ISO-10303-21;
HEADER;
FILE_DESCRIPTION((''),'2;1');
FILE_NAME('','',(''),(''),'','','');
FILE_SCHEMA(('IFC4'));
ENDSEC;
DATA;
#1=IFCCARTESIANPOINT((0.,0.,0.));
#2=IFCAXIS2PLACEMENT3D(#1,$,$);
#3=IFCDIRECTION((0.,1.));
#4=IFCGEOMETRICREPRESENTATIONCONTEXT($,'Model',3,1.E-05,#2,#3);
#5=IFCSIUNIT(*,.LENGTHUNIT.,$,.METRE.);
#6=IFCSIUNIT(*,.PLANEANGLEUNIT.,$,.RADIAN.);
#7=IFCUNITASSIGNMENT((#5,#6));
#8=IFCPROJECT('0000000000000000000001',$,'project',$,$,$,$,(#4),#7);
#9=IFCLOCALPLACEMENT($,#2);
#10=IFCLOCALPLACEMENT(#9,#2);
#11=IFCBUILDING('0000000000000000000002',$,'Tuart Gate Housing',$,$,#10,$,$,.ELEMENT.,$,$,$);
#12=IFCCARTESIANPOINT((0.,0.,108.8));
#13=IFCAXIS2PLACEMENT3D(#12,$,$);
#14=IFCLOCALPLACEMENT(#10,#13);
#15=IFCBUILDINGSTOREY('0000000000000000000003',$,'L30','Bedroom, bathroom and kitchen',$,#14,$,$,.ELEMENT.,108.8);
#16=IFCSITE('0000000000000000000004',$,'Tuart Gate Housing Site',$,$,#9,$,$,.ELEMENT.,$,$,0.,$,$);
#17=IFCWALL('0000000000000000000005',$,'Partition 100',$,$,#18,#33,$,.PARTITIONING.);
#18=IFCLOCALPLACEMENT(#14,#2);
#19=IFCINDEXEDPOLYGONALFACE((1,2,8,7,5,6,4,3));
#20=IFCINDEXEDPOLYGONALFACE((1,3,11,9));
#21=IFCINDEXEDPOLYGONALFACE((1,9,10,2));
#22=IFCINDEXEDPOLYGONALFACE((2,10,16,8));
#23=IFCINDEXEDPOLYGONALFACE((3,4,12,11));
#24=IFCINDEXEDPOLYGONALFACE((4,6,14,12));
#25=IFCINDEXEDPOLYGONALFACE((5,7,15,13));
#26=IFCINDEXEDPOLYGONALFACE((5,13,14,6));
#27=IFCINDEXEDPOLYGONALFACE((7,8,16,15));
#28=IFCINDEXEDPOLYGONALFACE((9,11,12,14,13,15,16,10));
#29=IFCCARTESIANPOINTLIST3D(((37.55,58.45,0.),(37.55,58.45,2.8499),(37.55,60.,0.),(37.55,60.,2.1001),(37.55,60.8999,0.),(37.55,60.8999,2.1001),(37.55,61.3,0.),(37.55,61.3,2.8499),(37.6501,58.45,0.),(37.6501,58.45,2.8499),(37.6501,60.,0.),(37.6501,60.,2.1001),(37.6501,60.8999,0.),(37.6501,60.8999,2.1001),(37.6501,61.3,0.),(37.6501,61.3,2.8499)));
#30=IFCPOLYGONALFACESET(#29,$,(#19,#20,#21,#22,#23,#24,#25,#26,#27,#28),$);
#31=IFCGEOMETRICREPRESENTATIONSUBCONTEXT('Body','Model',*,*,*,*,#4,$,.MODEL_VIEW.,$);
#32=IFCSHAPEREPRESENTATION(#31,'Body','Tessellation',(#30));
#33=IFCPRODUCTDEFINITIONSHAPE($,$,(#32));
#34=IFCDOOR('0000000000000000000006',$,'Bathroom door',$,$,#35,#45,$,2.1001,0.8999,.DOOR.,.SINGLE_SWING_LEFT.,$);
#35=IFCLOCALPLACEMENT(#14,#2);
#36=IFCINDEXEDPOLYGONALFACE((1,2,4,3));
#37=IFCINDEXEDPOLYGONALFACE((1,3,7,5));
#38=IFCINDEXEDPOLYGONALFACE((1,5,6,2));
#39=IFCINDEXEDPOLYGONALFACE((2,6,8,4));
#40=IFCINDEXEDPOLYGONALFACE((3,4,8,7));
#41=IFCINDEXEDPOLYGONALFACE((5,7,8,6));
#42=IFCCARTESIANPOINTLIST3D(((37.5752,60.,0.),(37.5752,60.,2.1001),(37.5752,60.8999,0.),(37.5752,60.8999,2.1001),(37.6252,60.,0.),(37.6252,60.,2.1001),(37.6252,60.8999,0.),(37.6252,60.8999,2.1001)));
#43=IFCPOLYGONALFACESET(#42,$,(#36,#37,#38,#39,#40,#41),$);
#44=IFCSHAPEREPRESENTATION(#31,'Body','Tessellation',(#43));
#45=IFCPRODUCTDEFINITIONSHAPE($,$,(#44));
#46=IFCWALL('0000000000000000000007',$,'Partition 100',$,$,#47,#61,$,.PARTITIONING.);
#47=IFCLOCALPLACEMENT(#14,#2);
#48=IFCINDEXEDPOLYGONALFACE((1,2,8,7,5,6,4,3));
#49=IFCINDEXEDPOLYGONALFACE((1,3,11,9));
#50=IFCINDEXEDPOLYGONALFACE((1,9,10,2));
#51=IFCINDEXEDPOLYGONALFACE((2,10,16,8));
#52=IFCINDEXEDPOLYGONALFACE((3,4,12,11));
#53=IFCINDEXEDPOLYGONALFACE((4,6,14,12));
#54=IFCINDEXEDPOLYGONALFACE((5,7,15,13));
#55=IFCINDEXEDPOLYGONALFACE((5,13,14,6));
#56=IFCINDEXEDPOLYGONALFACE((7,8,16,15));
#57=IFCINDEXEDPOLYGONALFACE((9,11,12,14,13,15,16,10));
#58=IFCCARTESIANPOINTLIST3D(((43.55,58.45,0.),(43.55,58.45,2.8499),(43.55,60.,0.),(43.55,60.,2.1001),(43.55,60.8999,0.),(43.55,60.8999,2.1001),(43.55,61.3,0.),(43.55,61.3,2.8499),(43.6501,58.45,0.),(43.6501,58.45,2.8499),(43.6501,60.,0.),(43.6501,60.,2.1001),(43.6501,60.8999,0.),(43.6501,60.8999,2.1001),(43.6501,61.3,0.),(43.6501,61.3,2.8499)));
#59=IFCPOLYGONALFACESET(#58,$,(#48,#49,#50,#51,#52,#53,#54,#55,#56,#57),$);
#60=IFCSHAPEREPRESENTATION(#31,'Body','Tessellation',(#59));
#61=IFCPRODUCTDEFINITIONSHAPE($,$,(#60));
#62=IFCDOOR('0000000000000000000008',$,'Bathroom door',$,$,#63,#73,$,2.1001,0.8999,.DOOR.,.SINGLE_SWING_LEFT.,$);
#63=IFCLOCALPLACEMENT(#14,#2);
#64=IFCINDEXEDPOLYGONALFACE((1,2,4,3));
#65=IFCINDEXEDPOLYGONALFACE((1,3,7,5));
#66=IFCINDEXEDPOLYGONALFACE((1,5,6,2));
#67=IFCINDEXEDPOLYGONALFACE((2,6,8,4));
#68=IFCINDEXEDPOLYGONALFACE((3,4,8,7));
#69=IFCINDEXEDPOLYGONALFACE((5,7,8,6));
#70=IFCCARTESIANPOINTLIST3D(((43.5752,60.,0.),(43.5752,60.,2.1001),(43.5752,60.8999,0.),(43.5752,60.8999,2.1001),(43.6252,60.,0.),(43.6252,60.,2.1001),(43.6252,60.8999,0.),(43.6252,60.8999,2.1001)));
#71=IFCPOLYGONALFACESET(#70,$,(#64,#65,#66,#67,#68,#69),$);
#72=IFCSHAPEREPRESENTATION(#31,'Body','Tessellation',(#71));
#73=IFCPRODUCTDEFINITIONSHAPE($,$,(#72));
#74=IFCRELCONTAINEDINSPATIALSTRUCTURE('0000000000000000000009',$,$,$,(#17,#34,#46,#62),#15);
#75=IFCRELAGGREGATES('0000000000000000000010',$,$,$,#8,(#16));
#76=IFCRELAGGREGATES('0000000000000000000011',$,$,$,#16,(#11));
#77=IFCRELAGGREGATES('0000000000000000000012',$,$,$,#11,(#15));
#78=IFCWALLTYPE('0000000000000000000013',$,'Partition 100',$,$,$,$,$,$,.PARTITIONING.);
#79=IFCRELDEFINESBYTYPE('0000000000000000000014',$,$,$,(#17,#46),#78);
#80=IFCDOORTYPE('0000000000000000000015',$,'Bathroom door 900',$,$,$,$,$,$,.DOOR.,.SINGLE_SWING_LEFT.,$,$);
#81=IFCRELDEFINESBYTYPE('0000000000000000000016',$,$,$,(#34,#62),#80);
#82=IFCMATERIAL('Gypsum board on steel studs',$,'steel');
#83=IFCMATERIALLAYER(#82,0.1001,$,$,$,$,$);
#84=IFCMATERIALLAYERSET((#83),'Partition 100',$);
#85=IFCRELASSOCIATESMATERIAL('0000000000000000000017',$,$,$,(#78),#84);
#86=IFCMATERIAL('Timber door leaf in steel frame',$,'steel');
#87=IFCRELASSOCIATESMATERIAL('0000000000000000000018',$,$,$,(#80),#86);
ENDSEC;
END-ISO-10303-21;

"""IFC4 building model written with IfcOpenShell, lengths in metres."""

from ifc_helpers import new_model, si_unit, direction, frame, frame_2d, origin, place, context, subcontext, project, spatial, rectangle, extrude, material, layer, layer_set, type_object, element, fill, save


model = new_model("IFC4")

# Units and contexts
model_context = context("Model", 3, precision=1e-05, world=origin(), true_north=direction((0.0, 1.0)))
body_context = subcontext(model_context, "Body", "Model", "MODEL_VIEW")
ifc_project = project(units=[si_unit("LENGTHUNIT", "METRE"), si_unit("PLANEANGLEUNIT", "RADIAN")], contexts=[model_context])

# Site, building, storey
site_placement = place(None, origin())
site = spatial("IfcSite", under=ifc_project, at=site_placement, Name="Tuart Gate Housing Site", CompositionType="ELEMENT", RefElevation=0.0)
building_placement = place(site_placement, origin())
building = spatial("IfcBuilding", under=site, at=building_placement, Name="Tuart Gate Housing", CompositionType="ELEMENT")
storey_placement = place(building_placement, frame((0.0, 0.0, 108.8)))
storey = spatial("IfcBuildingStorey", under=building, at=storey_placement, Name="L30", Description="Bedroom, bathroom and kitchen", CompositionType="ELEMENT", Elevation=108.8)

# Shared definitions
ifc_material_1 = material(Name="Gypsum board on steel studs", Category="steel")
ifc_layer_1 = layer(ifc_material_1, 0.1001)
ifc_layer_set_1 = layer_set([ifc_layer_1], Name="Partition 100")
wall_type_1 = type_object("IfcWallType", Name="Partition 100", PredefinedType="PARTITIONING", material=ifc_layer_set_1)

# Walls, openings, doors
ifc_material_2 = material(Name="Timber door leaf in steel frame", Category="steel")
door_type_1 = type_object("IfcDoorType", Name="Bathroom door 900", OperationType="SINGLE_SWING_LEFT", PredefinedType="DOOR", material=ifc_material_2)
wall_1_placement = place(storey_placement, frame((37.6001, 58.45, 0.0), z_axis=(0.0, 0.0, 1.0), x_axis=(0.0, 1.0, 0.0)))
wall_1 = element("IfcWall", 1, at=wall_1_placement, inside=storey, type_object=wall_type_1, Name="Partition 100", PredefinedType="PARTITIONING", context=body_context, shape_type="SweptSolid", body=[
    extrude(rectangle(XDim=2.8501, YDim=0.1001, at=frame_2d((1.425, 0.0))), origin(), (0.0, 0.0, 1.0), 2.8499),
])
opening_1_placement = place(wall_1_placement, frame((1.55, 0.0, 0.0)))
opening_1 = element("IfcOpeningElement", 2, at=opening_1_placement, cuts=wall_1, PredefinedType="OPENING", context=body_context, shape_type="SweptSolid", body=[
    extrude(rectangle(XDim=0.8999, YDim=2.1001, at=frame_2d((0.45, 1.05))), frame((0.0, 0.0601, 0.0), z_axis=(0.0, -1.0, 0.0), x_axis=(1.0, 0.0, 0.0)), (0.0, 0.0, 1.0), 0.1201),
])
door_1_placement = place(opening_1_placement, frame((0.8999, 0.0, 0.0), z_axis=(0.0, 0.0, 1.0), x_axis=(-1.0, 0.0, 0.0)))
door_1 = element("IfcDoor", 3, at=door_1_placement, inside=storey, type_object=door_type_1, Name="Bathroom door", OperationType="SINGLE_SWING_LEFT", OverallHeight=2.1001, OverallWidth=0.8999, PredefinedType="DOOR", context=body_context, shape_type="SweptSolid", body=[
    extrude(rectangle(XDim=0.8999, YDim=2.1001, at=frame_2d((0.45, 1.05))), frame((0.0, 0.0251, 0.0), z_axis=(0.0, -1.0, 0.0), x_axis=(1.0, 0.0, 0.0)), (0.0, 0.0, 1.0), 0.05),
])
fill(opening_1, door_1)
wall_2_placement = place(storey_placement, frame((43.6001, 58.45, 0.0), z_axis=(0.0, 0.0, 1.0), x_axis=(0.0, 1.0, 0.0)))
wall_2 = element("IfcWall", 4, at=wall_2_placement, inside=storey, type_object=wall_type_1, Name="Partition 100", PredefinedType="PARTITIONING", context=body_context, shape_type="SweptSolid", body=[
    extrude(rectangle(XDim=2.8501, YDim=0.1001, at=frame_2d((1.425, 0.0))), origin(), (0.0, 0.0, 1.0), 2.8499),
])
opening_2_placement = place(wall_2_placement, frame((1.55, 0.0, 0.0)))
opening_2 = element("IfcOpeningElement", 5, at=opening_2_placement, cuts=wall_2, PredefinedType="OPENING", context=body_context, shape_type="SweptSolid", body=[
    extrude(rectangle(XDim=0.8999, YDim=2.1001, at=frame_2d((0.45, 1.05))), frame((0.0, 0.0601, 0.0), z_axis=(0.0, -1.0, 0.0), x_axis=(1.0, 0.0, 0.0)), (0.0, 0.0, 1.0), 0.1201),
])
door_2_placement = place(opening_2_placement, frame((0.8999, 0.0, 0.0), z_axis=(0.0, 0.0, 1.0), x_axis=(-1.0, 0.0, 0.0)))
door_2 = element("IfcDoor", 6, at=door_2_placement, inside=storey, type_object=door_type_1, Name="Bathroom door", OperationType="SINGLE_SWING_LEFT", OverallHeight=2.1001, OverallWidth=0.8999, PredefinedType="DOOR", context=body_context, shape_type="SweptSolid", body=[
    extrude(rectangle(XDim=0.8999, YDim=2.1001, at=frame_2d((0.45, 1.05))), frame((0.0, 0.0251, 0.0), z_axis=(0.0, -1.0, 0.0), x_axis=(1.0, 0.0, 0.0)), (0.0, 0.0, 1.0), 0.05),
])
fill(opening_2, door_2)

save(model, "model.ifc")
